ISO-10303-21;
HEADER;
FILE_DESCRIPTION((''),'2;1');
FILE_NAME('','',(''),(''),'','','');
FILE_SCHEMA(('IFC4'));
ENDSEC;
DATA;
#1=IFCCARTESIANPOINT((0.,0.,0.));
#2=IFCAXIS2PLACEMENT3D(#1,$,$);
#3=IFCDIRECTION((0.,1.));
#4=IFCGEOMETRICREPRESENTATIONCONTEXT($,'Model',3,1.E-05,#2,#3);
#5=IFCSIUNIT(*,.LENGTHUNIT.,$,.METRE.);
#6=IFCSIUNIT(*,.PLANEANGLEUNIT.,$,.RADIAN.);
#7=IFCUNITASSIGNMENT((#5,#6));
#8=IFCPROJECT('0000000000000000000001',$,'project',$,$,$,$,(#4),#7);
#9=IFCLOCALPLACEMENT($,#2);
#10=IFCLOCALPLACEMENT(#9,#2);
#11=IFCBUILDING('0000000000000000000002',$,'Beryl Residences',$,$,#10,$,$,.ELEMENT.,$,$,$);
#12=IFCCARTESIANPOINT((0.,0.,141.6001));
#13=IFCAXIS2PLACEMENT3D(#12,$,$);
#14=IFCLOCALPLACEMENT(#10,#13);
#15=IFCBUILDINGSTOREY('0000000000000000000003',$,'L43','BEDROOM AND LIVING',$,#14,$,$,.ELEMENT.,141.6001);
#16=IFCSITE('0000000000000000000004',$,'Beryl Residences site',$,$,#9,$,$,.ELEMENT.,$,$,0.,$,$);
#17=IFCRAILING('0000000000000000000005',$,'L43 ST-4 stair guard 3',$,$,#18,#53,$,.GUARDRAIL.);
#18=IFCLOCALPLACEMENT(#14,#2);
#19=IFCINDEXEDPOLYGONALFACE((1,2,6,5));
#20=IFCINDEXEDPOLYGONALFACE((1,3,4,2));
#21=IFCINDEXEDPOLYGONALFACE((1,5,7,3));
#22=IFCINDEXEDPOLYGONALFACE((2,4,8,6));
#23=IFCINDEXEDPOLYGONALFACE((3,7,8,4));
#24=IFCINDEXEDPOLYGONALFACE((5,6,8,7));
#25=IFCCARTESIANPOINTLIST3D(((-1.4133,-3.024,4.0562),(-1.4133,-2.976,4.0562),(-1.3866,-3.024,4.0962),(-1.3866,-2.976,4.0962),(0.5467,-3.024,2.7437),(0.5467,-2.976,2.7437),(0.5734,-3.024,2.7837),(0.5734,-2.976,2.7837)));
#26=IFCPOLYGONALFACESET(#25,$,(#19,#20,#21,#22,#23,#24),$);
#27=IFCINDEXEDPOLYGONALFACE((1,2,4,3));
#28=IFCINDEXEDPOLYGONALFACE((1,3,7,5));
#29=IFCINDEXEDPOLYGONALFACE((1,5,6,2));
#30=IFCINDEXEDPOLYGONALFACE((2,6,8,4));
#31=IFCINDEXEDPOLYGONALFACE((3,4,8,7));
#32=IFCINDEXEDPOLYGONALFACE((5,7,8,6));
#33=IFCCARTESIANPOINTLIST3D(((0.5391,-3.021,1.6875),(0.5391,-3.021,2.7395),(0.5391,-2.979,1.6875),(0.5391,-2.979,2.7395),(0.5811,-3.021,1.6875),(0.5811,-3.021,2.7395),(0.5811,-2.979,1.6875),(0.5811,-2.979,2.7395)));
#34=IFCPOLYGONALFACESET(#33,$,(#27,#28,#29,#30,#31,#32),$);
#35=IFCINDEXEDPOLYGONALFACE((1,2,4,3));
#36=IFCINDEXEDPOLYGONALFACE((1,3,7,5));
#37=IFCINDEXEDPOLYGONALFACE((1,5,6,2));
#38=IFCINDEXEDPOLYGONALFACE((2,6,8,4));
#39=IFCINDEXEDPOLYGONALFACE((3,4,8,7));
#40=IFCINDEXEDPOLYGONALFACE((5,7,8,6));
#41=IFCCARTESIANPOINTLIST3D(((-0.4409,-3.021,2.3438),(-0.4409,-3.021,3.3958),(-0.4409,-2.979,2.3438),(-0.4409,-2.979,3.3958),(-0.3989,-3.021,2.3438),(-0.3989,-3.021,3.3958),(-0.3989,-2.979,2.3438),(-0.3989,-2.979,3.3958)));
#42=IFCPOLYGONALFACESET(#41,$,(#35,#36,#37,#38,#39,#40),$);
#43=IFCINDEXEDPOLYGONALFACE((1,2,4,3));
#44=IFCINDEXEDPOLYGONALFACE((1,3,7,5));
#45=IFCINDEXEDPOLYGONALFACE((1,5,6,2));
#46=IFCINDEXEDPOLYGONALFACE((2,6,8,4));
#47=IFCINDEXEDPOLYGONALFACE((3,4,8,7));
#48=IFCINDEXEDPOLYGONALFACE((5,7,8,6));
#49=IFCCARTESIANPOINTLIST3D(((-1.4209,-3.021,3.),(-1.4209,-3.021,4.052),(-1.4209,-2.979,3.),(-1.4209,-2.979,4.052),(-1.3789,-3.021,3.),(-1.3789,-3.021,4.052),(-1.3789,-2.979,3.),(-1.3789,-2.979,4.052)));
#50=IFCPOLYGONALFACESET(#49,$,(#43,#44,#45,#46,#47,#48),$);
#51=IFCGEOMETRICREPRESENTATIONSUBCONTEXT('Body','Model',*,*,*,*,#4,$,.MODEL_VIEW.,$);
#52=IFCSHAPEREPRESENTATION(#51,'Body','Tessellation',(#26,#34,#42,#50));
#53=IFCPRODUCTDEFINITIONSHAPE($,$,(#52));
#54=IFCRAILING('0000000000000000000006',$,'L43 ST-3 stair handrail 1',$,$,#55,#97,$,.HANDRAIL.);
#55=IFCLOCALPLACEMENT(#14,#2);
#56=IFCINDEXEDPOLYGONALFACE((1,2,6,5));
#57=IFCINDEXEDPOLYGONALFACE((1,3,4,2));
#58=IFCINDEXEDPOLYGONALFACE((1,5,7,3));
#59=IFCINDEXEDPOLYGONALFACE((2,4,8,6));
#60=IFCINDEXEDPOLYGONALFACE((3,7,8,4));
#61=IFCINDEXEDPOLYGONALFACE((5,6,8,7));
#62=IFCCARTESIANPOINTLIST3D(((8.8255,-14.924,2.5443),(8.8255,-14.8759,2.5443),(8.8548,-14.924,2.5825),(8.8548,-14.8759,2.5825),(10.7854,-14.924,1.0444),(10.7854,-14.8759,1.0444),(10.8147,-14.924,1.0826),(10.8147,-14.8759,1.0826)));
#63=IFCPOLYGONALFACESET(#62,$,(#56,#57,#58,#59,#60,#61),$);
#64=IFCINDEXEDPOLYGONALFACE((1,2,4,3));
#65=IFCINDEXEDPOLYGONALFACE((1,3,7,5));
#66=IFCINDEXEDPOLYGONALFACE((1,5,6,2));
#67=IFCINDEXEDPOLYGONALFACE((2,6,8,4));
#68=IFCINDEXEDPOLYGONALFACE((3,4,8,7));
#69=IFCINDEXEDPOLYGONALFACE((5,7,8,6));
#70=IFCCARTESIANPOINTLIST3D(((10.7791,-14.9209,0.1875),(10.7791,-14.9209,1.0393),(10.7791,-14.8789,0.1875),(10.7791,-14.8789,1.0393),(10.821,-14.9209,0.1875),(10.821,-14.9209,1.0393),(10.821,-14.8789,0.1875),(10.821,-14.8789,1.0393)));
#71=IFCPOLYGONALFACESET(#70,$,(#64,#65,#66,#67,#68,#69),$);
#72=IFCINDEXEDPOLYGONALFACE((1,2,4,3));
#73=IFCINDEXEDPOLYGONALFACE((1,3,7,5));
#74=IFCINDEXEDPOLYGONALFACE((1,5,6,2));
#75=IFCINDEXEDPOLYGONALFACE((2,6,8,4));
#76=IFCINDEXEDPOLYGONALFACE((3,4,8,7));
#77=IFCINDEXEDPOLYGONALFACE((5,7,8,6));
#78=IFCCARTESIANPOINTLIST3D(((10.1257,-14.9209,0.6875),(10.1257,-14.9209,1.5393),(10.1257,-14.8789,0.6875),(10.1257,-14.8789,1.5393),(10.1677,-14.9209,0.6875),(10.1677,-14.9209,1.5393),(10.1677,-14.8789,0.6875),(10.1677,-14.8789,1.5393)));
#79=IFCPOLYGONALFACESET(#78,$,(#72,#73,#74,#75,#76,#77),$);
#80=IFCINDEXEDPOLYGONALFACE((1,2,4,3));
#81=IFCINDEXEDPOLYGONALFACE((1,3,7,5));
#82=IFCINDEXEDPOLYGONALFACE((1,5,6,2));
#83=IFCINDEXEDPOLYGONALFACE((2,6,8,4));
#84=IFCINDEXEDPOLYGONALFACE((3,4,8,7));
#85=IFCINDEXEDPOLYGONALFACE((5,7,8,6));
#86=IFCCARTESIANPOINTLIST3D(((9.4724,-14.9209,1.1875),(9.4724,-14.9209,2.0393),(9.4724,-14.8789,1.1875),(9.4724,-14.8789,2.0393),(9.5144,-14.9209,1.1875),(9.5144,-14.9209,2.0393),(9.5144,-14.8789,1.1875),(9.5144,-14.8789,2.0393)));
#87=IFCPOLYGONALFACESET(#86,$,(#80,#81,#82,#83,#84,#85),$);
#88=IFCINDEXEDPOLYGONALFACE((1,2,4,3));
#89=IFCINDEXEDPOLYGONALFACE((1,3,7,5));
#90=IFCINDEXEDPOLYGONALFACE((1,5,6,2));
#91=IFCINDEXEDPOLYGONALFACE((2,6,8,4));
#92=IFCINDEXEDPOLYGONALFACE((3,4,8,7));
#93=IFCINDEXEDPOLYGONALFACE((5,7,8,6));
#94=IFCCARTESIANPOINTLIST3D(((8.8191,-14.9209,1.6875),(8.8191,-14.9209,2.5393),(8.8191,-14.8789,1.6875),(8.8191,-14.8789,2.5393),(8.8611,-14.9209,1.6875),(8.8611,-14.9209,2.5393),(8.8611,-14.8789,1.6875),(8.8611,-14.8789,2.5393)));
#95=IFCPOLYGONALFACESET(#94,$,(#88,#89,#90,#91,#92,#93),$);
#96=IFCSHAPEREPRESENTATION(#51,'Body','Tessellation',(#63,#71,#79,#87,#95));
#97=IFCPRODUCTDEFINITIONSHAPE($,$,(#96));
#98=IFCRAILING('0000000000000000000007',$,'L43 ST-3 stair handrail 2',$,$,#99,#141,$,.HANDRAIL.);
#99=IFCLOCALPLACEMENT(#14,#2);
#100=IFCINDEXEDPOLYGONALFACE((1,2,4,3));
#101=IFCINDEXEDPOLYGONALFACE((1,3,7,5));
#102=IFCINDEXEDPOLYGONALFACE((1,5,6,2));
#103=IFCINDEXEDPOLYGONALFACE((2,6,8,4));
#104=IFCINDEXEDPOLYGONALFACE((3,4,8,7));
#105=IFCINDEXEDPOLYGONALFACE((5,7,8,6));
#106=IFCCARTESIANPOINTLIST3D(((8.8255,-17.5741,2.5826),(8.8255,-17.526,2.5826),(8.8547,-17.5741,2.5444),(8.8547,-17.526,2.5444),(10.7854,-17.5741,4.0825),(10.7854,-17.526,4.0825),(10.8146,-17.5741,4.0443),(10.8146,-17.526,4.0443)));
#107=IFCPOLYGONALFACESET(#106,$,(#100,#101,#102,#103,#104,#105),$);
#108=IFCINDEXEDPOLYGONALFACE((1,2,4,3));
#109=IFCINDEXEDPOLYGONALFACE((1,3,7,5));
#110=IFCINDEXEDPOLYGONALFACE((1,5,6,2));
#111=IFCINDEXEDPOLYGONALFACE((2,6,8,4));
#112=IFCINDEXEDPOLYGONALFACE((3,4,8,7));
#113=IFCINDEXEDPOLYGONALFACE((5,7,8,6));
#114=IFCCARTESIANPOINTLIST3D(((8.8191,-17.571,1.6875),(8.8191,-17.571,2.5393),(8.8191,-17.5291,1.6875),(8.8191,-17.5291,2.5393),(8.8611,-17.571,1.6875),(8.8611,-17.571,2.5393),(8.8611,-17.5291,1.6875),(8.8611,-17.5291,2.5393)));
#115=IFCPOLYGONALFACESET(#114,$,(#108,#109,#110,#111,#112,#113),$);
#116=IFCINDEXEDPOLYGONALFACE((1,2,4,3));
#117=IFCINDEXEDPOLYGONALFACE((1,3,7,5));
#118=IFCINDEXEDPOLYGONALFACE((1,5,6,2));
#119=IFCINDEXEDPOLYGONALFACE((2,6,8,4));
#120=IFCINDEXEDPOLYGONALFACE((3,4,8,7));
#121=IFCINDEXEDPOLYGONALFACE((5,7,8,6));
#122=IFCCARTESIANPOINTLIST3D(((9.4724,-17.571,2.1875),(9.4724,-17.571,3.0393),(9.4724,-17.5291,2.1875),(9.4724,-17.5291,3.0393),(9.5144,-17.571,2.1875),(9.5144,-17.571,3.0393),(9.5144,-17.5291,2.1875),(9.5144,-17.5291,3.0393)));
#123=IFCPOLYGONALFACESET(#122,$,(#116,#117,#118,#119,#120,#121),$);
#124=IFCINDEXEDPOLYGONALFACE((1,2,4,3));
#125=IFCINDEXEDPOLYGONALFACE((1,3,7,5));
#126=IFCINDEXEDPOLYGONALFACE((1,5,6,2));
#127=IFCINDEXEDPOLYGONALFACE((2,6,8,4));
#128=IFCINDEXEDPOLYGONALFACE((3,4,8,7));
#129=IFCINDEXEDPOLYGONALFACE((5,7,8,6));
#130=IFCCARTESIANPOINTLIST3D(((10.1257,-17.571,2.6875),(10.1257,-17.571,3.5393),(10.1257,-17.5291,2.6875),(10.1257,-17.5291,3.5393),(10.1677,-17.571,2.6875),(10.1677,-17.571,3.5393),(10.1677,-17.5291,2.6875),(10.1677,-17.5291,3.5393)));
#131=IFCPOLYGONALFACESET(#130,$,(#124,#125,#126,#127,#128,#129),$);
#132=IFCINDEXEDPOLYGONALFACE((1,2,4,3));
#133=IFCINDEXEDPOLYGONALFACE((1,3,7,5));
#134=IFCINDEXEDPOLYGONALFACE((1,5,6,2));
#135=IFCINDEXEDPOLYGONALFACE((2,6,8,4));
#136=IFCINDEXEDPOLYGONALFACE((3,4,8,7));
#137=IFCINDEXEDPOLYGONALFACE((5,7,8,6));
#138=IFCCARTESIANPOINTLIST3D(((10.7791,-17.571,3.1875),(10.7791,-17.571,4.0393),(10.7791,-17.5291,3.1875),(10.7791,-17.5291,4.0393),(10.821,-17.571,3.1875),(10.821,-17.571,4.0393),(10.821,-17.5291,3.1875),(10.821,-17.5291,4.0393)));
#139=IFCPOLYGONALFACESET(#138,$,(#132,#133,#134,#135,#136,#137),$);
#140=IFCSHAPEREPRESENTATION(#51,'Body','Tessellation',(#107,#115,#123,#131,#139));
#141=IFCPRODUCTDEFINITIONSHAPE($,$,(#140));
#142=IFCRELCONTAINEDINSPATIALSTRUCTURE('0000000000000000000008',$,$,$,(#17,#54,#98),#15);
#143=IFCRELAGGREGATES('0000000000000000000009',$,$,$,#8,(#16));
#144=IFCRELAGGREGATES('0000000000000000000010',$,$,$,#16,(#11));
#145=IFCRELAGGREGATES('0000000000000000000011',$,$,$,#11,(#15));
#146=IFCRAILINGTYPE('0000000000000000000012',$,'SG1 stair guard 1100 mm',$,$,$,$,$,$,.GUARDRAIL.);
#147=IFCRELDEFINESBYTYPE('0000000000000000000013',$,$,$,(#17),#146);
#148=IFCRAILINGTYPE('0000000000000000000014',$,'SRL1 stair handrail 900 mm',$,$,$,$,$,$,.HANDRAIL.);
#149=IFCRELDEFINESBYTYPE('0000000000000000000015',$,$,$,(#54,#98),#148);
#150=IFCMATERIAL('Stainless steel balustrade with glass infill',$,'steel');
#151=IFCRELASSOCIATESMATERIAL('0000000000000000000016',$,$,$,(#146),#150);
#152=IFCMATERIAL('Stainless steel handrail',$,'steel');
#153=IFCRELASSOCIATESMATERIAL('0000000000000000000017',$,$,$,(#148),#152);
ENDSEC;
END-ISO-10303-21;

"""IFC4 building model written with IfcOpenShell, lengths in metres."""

from ifc_helpers import new_model, si_unit, direction, frame, origin, origin_2d, place, context, subcontext, project, spatial, rectangle, extrude, material, type_object, element, save


model = new_model("IFC4")

# Units and contexts
model_context = context("Model", 3, precision=1e-05, world=origin(), true_north=direction((0.0, 1.0)))
body_context = subcontext(model_context, "Body", "Model", "MODEL_VIEW")
ifc_project = project(units=[si_unit("LENGTHUNIT", "METRE"), si_unit("PLANEANGLEUNIT", "RADIAN")], contexts=[model_context])

# Site, building, storey
site_placement = place(None, origin())
site = spatial("IfcSite", under=ifc_project, at=site_placement, Name="Beryl Residences site", CompositionType="ELEMENT", RefElevation=0.0)
building_placement = place(site_placement, origin())
building = spatial("IfcBuilding", under=site, at=building_placement, Name="Beryl Residences", CompositionType="ELEMENT")
storey_placement = place(building_placement, frame((0.0, 0.0, 141.6001)))
storey = spatial("IfcBuildingStorey", under=building, at=storey_placement, Name="L43", Description="BEDROOM AND LIVING", CompositionType="ELEMENT", Elevation=141.6001)

# Railings
ifc_material_1 = material(Name="Stainless steel balustrade with glass infill", Category="steel")
railing_type_1 = type_object("IfcRailingType", Name="SG1 stair guard 1100 mm", PredefinedType="GUARDRAIL", material=ifc_material_1)
railing_1_placement = place(storey_placement, frame((0.5601, -3.0, 1.6875)))
element("IfcRailing", 1, at=railing_1_placement, inside=storey, type_object=railing_type_1, Name="L43 ST-4 stair guard 3", PredefinedType="GUARDRAIL", context=body_context, shape_type="SweptSolid", body=[
    extrude(rectangle(XDim=0.0481, YDim=0.0481, at=origin_2d()), frame((0.0, 0.0, 1.0762), z_axis=(-0.830902, 0.0, 0.556419), x_axis=(0.0, -1.0, 0.0)), (0.0, 0.0, 1.0), 2.3589),
    extrude(rectangle(XDim=0.042, YDim=0.042, at=origin_2d()), origin(), (0.0, 0.0, 1.0), 1.052),
    extrude(rectangle(XDim=0.042, YDim=0.042, at=origin_2d()), frame((-0.98, 0.0, 0.6562)), (0.0, 0.0, 1.0), 1.052),
    extrude(rectangle(XDim=0.042, YDim=0.042, at=origin_2d()), frame((-1.96, 0.0, 1.3125)), (0.0, 0.0, 1.0), 1.052),
])
ifc_material_2 = material(Name="Stainless steel handrail", Category="steel")
railing_type_2 = type_object("IfcRailingType", Name="SRL1 stair handrail 900 mm", PredefinedType="HANDRAIL", material=ifc_material_2)
railing_2_placement = place(storey_placement, frame((10.8, -14.8999, 0.1875)))
element("IfcRailing", 2, at=railing_2_placement, inside=storey, type_object=railing_type_2, Name="L43 ST-3 stair handrail 1", PredefinedType="HANDRAIL", context=body_context, shape_type="SweptSolid", body=[
    extrude(rectangle(XDim=0.0481, YDim=0.0481, at=origin_2d()), frame((0.0, 0.0, 0.876), z_axis=(-0.794122, 0.0, 0.607758), x_axis=(0.0, -1.0, 0.0)), (0.0, 0.0, 1.0), 2.468),
    extrude(rectangle(XDim=0.042, YDim=0.042, at=origin_2d()), origin(), (0.0, 0.0, 1.0), 0.8518),
    extrude(rectangle(XDim=0.042, YDim=0.042, at=origin_2d()), frame((-0.6533, 0.0, 0.5)), (0.0, 0.0, 1.0), 0.8518),
    extrude(rectangle(XDim=0.042, YDim=0.042, at=origin_2d()), frame((-1.3066, 0.0, 1.0)), (0.0, 0.0, 1.0), 0.8518),
    extrude(rectangle(XDim=0.042, YDim=0.042, at=origin_2d()), frame((-1.96, 0.0, 1.5)), (0.0, 0.0, 1.0), 0.8518),
])
railing_3_placement = place(storey_placement, frame((8.8401, -17.55, 1.6875)))
element("IfcRailing", 3, at=railing_3_placement, inside=storey, type_object=railing_type_2, Name="L43 ST-3 stair handrail 2", PredefinedType="HANDRAIL", context=body_context, shape_type="SweptSolid", body=[
    extrude(rectangle(XDim=0.0481, YDim=0.0481, at=origin_2d()), frame((0.0, 0.0, 0.876), z_axis=(0.794122, 0.0, 0.607758), x_axis=(0.0, 1.0, 0.0)), (0.0, 0.0, 1.0), 2.468),
    extrude(rectangle(XDim=0.042, YDim=0.042, at=origin_2d()), origin(), (0.0, 0.0, 1.0), 0.8518),
    extrude(rectangle(XDim=0.042, YDim=0.042, at=origin_2d()), frame((0.6533, 0.0, 0.5)), (0.0, 0.0, 1.0), 0.8518),
    extrude(rectangle(XDim=0.042, YDim=0.042, at=origin_2d()), frame((1.3066, 0.0, 1.0)), (0.0, 0.0, 1.0), 0.8518),
    extrude(rectangle(XDim=0.042, YDim=0.042, at=origin_2d()), frame((1.96, 0.0, 1.5)), (0.0, 0.0, 1.0), 0.8518),
])

save(model, "model.ifc")
